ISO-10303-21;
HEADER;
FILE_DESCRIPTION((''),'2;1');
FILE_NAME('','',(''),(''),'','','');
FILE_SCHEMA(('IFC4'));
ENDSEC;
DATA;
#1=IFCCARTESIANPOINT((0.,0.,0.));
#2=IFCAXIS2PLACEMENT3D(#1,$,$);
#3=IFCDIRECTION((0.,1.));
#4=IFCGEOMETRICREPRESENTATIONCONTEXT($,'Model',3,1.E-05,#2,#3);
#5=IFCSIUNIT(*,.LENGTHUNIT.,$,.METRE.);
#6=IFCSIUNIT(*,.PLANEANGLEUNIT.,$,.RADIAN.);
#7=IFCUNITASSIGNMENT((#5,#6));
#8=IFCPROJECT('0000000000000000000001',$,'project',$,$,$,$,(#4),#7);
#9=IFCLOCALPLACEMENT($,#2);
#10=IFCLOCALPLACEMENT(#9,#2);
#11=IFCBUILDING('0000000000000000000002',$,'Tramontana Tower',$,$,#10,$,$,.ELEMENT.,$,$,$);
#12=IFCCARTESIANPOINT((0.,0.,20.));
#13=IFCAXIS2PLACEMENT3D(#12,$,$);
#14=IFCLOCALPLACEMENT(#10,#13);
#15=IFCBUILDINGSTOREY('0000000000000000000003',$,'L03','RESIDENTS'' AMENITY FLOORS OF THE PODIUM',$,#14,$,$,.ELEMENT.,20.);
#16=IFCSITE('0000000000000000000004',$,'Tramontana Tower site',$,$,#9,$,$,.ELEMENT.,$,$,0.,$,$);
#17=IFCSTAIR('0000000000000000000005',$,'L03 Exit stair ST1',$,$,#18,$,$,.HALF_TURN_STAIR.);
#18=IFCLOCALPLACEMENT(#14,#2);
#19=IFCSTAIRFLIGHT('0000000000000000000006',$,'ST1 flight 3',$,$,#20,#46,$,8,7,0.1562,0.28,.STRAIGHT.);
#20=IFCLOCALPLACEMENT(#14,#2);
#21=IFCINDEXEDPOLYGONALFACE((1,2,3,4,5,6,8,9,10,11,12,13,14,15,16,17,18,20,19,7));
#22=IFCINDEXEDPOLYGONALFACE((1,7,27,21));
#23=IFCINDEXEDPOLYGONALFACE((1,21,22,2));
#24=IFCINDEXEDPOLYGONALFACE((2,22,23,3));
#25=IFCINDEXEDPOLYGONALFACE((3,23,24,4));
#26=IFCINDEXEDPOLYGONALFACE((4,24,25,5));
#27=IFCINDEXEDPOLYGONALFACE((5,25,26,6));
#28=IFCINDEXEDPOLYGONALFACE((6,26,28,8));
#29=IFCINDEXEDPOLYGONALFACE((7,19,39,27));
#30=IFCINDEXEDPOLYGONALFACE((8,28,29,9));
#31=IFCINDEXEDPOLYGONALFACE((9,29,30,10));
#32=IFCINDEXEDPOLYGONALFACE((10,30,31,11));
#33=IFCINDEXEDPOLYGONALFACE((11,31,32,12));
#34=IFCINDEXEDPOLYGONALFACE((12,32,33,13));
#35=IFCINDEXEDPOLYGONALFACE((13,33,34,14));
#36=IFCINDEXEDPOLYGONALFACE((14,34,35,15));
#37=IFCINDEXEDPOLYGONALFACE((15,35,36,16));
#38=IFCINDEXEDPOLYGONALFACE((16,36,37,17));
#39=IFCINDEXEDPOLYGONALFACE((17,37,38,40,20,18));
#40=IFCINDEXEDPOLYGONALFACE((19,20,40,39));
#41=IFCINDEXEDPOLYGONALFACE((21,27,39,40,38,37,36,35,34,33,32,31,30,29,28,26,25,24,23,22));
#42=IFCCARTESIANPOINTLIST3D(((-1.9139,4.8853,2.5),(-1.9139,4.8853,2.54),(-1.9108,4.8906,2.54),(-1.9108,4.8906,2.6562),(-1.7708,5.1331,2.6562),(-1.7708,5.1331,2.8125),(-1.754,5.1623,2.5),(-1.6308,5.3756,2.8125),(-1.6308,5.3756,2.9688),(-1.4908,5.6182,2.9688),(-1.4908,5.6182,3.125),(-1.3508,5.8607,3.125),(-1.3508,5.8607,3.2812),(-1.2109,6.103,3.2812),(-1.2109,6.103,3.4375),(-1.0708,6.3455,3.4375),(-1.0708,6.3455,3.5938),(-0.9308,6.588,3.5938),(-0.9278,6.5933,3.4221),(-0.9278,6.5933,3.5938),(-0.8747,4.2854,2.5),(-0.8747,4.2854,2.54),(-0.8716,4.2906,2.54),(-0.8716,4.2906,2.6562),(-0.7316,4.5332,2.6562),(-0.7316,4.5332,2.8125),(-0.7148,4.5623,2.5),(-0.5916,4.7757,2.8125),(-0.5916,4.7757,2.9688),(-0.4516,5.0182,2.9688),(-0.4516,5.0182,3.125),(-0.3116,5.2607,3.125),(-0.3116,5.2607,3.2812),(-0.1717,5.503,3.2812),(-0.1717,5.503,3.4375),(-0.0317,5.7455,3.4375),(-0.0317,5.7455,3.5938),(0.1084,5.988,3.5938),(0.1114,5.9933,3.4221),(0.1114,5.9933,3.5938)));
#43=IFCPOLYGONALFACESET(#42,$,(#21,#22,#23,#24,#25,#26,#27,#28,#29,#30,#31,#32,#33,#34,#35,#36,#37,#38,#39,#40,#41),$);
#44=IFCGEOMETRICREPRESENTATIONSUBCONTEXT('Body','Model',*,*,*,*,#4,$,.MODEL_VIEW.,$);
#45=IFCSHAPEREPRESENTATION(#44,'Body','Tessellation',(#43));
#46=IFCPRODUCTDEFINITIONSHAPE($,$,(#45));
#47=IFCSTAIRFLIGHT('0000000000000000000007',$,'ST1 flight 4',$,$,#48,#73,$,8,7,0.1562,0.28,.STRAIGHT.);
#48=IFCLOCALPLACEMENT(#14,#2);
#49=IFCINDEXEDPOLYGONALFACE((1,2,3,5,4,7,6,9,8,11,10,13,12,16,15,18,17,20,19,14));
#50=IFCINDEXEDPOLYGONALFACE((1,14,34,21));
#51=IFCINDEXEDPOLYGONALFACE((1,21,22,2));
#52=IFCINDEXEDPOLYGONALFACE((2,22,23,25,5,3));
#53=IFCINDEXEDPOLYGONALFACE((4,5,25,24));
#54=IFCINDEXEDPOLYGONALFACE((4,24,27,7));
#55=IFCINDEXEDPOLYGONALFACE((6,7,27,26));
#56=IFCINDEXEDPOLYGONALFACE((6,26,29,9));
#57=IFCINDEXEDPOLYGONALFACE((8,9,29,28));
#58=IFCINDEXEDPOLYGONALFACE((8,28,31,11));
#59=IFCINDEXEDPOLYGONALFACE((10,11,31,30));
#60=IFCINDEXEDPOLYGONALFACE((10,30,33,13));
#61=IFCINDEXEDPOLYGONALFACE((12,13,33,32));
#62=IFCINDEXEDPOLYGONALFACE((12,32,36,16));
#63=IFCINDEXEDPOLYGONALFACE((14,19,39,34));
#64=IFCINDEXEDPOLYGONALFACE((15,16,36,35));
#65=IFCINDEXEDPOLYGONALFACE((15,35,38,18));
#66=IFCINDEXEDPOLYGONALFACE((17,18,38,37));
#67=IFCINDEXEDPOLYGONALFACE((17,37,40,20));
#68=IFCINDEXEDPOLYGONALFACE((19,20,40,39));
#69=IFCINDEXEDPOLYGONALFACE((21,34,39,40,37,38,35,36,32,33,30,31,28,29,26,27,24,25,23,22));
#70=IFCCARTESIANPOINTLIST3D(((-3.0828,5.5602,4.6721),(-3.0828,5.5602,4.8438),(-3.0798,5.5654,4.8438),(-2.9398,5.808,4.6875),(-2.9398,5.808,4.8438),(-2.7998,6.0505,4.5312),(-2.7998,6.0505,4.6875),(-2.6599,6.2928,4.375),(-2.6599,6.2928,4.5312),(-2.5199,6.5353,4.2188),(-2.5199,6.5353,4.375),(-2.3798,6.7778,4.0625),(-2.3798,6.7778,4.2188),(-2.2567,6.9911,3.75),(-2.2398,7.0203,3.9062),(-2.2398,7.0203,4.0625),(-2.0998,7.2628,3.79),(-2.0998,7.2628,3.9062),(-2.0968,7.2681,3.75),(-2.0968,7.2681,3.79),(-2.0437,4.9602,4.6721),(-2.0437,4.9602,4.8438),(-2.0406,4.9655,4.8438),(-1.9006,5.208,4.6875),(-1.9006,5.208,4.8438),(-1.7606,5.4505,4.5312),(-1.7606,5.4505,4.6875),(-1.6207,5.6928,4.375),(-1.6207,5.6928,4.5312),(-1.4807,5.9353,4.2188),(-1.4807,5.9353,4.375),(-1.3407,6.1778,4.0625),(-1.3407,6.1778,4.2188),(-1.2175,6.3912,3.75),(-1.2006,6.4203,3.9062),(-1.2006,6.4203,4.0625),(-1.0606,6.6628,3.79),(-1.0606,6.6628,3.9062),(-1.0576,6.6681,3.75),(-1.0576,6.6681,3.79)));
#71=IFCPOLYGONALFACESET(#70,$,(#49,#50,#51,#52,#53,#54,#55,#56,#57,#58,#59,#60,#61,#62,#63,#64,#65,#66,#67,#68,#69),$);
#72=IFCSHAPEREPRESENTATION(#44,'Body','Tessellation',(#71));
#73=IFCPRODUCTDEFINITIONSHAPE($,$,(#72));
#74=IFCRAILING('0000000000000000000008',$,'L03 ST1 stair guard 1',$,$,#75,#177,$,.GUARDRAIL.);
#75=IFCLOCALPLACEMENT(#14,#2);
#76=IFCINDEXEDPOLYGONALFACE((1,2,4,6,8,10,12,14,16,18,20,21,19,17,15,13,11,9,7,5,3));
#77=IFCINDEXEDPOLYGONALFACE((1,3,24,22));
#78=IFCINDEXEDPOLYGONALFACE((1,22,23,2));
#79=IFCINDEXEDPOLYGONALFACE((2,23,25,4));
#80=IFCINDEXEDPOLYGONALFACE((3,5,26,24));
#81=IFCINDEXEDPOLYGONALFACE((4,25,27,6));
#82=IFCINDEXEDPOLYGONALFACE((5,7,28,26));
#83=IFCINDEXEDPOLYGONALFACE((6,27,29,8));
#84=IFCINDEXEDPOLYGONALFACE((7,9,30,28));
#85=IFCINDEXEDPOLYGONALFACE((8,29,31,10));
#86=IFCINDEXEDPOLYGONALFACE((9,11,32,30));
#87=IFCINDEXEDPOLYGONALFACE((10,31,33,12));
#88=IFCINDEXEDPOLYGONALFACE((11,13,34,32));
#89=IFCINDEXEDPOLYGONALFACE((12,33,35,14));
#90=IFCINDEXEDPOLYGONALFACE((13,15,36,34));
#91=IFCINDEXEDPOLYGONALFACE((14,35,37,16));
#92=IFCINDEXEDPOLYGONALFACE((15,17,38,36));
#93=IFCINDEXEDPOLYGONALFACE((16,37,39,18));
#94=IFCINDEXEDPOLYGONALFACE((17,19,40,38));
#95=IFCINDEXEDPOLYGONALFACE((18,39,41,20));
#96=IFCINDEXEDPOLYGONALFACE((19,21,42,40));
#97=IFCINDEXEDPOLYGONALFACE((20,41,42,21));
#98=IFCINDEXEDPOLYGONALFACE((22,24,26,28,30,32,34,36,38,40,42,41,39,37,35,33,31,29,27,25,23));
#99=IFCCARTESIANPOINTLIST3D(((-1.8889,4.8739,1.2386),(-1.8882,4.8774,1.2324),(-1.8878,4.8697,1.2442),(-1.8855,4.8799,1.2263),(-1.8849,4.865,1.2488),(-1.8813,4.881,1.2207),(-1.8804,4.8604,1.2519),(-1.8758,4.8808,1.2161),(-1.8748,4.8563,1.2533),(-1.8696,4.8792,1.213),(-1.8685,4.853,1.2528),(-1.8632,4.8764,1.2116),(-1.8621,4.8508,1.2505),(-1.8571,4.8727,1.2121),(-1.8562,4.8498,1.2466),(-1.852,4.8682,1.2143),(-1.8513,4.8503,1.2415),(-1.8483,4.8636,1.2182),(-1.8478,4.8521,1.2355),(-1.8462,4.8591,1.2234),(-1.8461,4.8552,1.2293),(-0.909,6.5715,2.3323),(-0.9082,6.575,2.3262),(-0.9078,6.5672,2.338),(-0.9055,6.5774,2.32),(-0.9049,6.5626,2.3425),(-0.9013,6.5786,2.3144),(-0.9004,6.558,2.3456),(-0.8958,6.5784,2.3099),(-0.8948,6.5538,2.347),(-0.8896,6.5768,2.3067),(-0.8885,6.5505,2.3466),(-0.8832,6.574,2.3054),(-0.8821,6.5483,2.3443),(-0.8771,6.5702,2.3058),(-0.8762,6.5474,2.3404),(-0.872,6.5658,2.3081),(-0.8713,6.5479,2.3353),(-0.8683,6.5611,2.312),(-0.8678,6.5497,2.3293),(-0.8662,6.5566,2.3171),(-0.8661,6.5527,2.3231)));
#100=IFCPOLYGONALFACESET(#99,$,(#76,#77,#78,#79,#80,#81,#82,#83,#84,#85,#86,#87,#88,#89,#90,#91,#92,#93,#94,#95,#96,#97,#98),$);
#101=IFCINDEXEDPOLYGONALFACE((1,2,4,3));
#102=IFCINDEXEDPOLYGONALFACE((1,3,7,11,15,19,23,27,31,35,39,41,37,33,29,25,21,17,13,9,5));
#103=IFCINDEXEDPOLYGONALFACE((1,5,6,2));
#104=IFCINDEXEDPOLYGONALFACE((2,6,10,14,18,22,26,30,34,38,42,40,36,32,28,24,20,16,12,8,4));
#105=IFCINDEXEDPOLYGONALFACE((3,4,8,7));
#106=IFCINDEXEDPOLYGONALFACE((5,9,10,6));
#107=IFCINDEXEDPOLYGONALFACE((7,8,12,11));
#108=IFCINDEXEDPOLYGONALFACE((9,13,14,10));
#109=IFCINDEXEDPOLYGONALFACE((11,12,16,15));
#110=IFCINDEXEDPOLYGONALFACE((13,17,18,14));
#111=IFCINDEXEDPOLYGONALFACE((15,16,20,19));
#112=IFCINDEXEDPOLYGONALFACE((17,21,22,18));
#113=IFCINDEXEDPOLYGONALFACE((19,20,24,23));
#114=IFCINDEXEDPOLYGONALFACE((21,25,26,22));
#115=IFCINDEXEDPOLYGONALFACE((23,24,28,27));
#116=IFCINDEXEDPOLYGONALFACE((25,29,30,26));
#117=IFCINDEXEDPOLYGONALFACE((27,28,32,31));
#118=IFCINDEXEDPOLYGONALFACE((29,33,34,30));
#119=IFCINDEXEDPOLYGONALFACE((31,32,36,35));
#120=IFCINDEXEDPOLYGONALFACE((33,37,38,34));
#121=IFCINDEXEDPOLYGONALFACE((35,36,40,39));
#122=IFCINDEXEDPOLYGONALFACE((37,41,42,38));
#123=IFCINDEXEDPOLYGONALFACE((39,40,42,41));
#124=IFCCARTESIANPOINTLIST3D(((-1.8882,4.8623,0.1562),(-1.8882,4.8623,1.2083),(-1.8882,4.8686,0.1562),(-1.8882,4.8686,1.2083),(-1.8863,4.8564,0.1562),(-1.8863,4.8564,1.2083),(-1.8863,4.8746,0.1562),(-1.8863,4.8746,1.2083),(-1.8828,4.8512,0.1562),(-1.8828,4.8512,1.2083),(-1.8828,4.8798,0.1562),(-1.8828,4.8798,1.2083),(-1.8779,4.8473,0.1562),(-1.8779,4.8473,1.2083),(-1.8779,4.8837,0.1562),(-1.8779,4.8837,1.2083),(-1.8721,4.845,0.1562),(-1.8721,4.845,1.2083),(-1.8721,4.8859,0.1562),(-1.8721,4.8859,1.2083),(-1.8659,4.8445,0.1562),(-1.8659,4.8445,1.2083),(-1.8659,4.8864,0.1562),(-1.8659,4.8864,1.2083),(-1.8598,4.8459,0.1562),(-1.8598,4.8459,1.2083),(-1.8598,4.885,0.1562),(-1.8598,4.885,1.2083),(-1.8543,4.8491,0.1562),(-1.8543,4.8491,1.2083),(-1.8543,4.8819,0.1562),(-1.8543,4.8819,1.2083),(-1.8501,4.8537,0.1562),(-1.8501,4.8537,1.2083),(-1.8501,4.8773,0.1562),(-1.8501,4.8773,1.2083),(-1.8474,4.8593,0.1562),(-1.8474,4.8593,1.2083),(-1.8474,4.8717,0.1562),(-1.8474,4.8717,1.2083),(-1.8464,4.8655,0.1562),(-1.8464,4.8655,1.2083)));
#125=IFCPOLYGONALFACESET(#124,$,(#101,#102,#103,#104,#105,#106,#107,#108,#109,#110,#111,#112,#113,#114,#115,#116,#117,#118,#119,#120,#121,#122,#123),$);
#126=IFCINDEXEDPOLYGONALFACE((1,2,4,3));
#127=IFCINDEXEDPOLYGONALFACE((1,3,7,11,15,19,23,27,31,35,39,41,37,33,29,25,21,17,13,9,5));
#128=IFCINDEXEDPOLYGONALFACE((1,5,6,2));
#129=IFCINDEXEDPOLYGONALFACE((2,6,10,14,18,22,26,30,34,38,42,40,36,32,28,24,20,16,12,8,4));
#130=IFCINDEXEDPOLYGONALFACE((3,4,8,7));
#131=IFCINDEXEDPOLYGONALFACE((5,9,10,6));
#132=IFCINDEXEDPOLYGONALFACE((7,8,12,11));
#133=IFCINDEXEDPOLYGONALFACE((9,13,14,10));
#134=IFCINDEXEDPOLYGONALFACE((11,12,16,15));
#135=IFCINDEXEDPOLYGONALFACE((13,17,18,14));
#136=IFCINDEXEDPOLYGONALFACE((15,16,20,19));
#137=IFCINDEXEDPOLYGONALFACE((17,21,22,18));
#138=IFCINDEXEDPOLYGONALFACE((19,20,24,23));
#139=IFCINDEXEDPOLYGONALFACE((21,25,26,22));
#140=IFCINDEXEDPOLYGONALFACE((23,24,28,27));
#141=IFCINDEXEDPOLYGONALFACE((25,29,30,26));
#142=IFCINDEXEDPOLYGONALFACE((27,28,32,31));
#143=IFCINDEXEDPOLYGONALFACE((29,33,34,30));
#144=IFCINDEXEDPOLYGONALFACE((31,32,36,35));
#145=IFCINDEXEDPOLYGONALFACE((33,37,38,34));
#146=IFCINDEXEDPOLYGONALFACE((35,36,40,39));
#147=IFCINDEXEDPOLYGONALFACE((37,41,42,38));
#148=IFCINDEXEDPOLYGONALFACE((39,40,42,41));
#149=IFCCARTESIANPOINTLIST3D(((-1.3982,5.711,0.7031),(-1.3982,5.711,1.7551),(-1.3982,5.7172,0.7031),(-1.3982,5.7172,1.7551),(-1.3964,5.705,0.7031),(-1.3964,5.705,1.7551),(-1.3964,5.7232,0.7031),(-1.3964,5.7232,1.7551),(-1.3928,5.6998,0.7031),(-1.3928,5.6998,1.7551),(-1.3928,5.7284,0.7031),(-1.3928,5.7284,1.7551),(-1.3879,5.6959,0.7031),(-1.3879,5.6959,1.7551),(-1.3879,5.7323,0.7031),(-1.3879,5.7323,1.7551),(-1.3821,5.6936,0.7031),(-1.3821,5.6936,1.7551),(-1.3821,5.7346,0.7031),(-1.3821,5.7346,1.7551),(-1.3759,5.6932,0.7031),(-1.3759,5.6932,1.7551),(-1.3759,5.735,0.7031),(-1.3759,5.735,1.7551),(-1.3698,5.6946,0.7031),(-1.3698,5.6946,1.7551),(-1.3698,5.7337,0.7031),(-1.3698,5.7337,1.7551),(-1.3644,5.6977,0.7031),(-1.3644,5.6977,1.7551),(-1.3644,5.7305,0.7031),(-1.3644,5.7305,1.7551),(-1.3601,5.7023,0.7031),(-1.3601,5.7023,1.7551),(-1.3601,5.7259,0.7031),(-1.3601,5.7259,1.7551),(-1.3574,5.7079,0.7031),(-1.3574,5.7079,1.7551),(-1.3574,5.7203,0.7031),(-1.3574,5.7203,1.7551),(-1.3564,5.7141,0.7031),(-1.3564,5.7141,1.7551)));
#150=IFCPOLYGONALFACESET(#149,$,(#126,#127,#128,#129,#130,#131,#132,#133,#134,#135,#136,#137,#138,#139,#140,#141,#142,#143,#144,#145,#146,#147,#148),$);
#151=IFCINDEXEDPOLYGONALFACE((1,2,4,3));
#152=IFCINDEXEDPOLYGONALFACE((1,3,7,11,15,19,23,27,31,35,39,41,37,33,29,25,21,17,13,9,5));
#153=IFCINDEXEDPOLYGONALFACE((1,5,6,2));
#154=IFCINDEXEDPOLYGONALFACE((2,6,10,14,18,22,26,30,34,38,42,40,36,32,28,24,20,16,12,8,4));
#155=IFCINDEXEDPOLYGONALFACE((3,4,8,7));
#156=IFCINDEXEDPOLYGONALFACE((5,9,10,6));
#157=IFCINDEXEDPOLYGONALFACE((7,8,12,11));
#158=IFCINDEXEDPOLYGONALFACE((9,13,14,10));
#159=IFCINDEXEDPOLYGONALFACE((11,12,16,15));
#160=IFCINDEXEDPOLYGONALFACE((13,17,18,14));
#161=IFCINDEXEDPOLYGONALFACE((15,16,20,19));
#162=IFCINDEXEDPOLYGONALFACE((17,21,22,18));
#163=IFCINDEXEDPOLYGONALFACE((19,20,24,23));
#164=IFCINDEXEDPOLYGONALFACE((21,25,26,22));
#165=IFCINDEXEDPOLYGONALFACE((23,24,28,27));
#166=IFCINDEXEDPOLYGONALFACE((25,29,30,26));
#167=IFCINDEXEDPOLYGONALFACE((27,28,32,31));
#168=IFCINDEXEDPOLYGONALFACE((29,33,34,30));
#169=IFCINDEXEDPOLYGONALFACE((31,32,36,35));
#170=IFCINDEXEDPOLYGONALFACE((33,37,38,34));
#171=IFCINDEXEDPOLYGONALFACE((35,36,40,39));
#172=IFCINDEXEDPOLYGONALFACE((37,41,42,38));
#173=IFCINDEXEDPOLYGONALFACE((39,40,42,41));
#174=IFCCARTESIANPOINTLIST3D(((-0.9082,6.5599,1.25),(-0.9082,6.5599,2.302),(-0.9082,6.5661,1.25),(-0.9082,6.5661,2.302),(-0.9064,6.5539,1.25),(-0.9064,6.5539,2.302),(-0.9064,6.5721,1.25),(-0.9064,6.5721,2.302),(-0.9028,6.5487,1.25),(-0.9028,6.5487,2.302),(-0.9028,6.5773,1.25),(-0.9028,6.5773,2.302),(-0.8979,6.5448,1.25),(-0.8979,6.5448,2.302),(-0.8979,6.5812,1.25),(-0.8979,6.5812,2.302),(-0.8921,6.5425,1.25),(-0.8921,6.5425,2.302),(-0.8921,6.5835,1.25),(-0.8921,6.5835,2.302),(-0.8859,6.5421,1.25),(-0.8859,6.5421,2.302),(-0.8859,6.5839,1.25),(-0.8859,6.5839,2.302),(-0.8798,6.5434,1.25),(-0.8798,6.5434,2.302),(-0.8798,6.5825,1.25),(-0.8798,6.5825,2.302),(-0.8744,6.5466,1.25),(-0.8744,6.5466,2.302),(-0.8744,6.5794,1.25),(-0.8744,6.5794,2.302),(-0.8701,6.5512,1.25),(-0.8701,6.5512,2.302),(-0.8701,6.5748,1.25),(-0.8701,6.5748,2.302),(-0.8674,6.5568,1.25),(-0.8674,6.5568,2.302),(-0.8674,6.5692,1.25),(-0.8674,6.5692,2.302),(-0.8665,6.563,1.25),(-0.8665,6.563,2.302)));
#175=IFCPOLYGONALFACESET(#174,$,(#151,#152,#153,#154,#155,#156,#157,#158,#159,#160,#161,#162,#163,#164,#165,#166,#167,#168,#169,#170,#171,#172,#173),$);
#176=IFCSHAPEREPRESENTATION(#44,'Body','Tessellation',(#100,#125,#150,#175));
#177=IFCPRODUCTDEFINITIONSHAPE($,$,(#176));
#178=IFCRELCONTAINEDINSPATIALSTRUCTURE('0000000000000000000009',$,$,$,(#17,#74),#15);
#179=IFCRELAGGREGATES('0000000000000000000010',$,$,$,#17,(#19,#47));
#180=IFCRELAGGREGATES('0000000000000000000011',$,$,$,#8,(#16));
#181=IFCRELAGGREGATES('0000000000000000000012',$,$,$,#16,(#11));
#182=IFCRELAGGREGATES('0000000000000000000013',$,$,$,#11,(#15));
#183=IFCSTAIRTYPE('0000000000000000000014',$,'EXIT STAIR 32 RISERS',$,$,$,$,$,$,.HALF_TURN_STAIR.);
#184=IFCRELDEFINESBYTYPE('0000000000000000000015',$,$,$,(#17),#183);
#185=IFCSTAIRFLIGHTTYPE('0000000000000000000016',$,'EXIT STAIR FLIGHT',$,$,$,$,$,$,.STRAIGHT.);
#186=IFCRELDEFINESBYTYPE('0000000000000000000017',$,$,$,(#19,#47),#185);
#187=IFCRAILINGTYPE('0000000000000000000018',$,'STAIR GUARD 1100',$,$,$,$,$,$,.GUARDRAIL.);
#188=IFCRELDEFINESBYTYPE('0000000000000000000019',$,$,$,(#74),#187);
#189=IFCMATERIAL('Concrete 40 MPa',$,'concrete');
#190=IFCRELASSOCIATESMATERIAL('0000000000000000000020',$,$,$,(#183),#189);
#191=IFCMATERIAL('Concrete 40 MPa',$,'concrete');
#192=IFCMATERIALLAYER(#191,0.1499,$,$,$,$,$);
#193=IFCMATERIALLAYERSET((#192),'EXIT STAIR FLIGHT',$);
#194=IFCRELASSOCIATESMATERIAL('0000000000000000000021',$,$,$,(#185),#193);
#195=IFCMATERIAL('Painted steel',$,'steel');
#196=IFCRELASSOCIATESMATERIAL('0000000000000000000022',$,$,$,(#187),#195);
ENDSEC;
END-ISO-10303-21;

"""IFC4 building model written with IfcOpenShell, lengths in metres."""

from ifc_helpers import new_model, si_unit, direction, frame, origin, origin_2d, place, context, subcontext, project, spatial, polyline, circle, outline, extrude, material, layer, layer_set, type_object, element, aggregate, save


model = new_model("IFC4")

# Units and contexts
model_context = context("Model", 3, precision=1e-05, world=origin(), true_north=direction((0.0, 1.0)))
body_context = subcontext(model_context, "Body", "Model", "MODEL_VIEW")
ifc_project = project(units=[si_unit("LENGTHUNIT", "METRE"), si_unit("PLANEANGLEUNIT", "RADIAN")], contexts=[model_context])

# Site, building, storey
site_placement = place(None, origin())
site = spatial("IfcSite", under=ifc_project, at=site_placement, Name="Tramontana Tower site", CompositionType="ELEMENT", RefElevation=0.0)
building_placement = place(site_placement, origin())
building = spatial("IfcBuilding", under=site, at=building_placement, Name="Tramontana Tower", CompositionType="ELEMENT")
storey_placement = place(building_placement, frame((0.0, 0.0, 20.0)))
storey = spatial("IfcBuildingStorey", under=building, at=storey_placement, Name="L03", Description="RESIDENTS' AMENITY FLOORS OF THE PODIUM", CompositionType="ELEMENT", Elevation=20.0)

# Stair, stair flights
ifc_material_1 = material(Name="Concrete 40 MPa", Category="concrete")
stair_type = type_object("IfcStairType", Name="EXIT STAIR 32 RISERS", PredefinedType="HALF_TURN_STAIR", material=ifc_material_1)
stair_placement = place(storey_placement, origin())
stair = element("IfcStair", 1, at=stair_placement, inside=storey, type_object=stair_type, Name="L03 Exit stair ST1", PredefinedType="HALF_TURN_STAIR")
ifc_material_2 = material(Name="Concrete 40 MPa", Category="concrete")
ifc_layer_1 = layer(ifc_material_2, 0.1499)
ifc_layer_set_1 = layer_set([ifc_layer_1], Name="EXIT STAIR FLIGHT")
stair_flight_type = type_object("IfcStairFlightType", Name="EXIT STAIR FLIGHT", PredefinedType="STRAIGHT", material=ifc_layer_set_1)
stair_flight_1_placement = place(storey_placement, frame((-1.3911, 4.5906, 2.5), z_axis=(0.0, 0.0, 1.0), x_axis=(0.5, 0.866025, 0.0)))
stair_flight_1 = element("IfcStairFlight", 2, at=stair_flight_1_placement, type_object=stair_flight_type, Name="ST1 flight 3", NumberOfRisers=8, NumberOfTreads=7, PredefinedType="STRAIGHT", RiserHeight=0.1562, TreadLength=0.28, context=body_context, shape_type="SweptSolid", body=[
    extrude(outline(polyline([(-0.0061, 0.0), (-0.0061, 0.04), (0.0, 0.04), (0.0, 0.1562), (0.28, 0.1562), (0.28, 0.3125), (0.5601, 0.3125), (0.5601, 0.4688), (0.8401, 0.4688), (0.8401, 0.625), (1.1201, 0.625), (1.1201, 0.7812), (1.3999, 0.7812), (1.3999, 0.9375), (1.6799, 0.9375), (1.6799, 1.0938), (1.96, 1.0938), (1.9661, 1.0938), (1.9661, 0.9221), (0.3137, 0.0), (-0.0061, 0.0)])), frame((0.0, 0.6001, 0.0), z_axis=(0.0, -1.0, 0.0), x_axis=(1.0, 0.0, 0.0)), (0.0, 0.0, 1.0), 1.2),
])
stair_flight_2_placement = place(storey_placement, frame((-1.5803, 6.9629, 3.75), z_axis=(0.0, 0.0, 1.0), x_axis=(-0.5, -0.866025, 0.0)))
stair_flight_2 = element("IfcStairFlight", 3, at=stair_flight_2_placement, type_object=stair_flight_type, Name="ST1 flight 4", NumberOfRisers=8, NumberOfTreads=7, PredefinedType="STRAIGHT", RiserHeight=0.1562, TreadLength=0.28, context=body_context, shape_type="SweptSolid", body=[
    extrude(outline(polyline([(-0.0061, 0.0), (-0.0061, 0.04), (0.0, 0.04), (0.0, 0.1562), (0.28, 0.1562), (0.28, 0.3125), (0.5601, 0.3125), (0.5601, 0.4688), (0.8401, 0.4688), (0.8401, 0.625), (1.1201, 0.625), (1.1201, 0.7812), (1.3999, 0.7812), (1.3999, 0.9375), (1.6799, 0.9375), (1.6799, 1.0938), (1.96, 1.0938), (1.9661, 1.0938), (1.9661, 0.9221), (0.3137, 0.0), (-0.0061, 0.0)])), frame((0.0, 0.6001, 0.0), z_axis=(0.0, -1.0, 0.0), x_axis=(1.0, 0.0, 0.0)), (0.0, 0.0, 1.0), 1.2),
])
aggregate(stair, [stair_flight_1, stair_flight_2])

# Railing
ifc_material_3 = material(Name="Painted steel", Category="steel")
railing_type_1 = type_object("IfcRailingType", Name="STAIR GUARD 1100", PredefinedType="GUARDRAIL", material=ifc_material_3)
railing_1_placement = place(storey_placement, frame((-1.8674, 4.8655, 0.1562)))
element("IfcRailing", 4, at=railing_1_placement, inside=storey, type_object=railing_type_1, Name="L03 ST1 stair guard 1", PredefinedType="GUARDRAIL", context=body_context, shape_type="SweptSolid", body=[
    extrude(circle(Radius=0.0239, at=origin_2d()), frame((0.0, 0.0, 1.0762), z_axis=(0.436596, 0.756267, 0.487282), x_axis=(-0.866042, 0.49997, 0.0)), (0.0, 0.0, 1.0), 2.2446),
    extrude(circle(Radius=0.021, at=origin_2d()), origin(), (0.0, 0.0, 1.0), 1.052),
    extrude(circle(Radius=0.021, at=origin_2d()), frame((0.49, 0.8486, 0.5469)), (0.0, 0.0, 1.0), 1.052),
    extrude(circle(Radius=0.021, at=origin_2d()), frame((0.98, 1.6975, 1.0938)), (0.0, 0.0, 1.0), 1.052),
])

save(model, "model.ifc")
